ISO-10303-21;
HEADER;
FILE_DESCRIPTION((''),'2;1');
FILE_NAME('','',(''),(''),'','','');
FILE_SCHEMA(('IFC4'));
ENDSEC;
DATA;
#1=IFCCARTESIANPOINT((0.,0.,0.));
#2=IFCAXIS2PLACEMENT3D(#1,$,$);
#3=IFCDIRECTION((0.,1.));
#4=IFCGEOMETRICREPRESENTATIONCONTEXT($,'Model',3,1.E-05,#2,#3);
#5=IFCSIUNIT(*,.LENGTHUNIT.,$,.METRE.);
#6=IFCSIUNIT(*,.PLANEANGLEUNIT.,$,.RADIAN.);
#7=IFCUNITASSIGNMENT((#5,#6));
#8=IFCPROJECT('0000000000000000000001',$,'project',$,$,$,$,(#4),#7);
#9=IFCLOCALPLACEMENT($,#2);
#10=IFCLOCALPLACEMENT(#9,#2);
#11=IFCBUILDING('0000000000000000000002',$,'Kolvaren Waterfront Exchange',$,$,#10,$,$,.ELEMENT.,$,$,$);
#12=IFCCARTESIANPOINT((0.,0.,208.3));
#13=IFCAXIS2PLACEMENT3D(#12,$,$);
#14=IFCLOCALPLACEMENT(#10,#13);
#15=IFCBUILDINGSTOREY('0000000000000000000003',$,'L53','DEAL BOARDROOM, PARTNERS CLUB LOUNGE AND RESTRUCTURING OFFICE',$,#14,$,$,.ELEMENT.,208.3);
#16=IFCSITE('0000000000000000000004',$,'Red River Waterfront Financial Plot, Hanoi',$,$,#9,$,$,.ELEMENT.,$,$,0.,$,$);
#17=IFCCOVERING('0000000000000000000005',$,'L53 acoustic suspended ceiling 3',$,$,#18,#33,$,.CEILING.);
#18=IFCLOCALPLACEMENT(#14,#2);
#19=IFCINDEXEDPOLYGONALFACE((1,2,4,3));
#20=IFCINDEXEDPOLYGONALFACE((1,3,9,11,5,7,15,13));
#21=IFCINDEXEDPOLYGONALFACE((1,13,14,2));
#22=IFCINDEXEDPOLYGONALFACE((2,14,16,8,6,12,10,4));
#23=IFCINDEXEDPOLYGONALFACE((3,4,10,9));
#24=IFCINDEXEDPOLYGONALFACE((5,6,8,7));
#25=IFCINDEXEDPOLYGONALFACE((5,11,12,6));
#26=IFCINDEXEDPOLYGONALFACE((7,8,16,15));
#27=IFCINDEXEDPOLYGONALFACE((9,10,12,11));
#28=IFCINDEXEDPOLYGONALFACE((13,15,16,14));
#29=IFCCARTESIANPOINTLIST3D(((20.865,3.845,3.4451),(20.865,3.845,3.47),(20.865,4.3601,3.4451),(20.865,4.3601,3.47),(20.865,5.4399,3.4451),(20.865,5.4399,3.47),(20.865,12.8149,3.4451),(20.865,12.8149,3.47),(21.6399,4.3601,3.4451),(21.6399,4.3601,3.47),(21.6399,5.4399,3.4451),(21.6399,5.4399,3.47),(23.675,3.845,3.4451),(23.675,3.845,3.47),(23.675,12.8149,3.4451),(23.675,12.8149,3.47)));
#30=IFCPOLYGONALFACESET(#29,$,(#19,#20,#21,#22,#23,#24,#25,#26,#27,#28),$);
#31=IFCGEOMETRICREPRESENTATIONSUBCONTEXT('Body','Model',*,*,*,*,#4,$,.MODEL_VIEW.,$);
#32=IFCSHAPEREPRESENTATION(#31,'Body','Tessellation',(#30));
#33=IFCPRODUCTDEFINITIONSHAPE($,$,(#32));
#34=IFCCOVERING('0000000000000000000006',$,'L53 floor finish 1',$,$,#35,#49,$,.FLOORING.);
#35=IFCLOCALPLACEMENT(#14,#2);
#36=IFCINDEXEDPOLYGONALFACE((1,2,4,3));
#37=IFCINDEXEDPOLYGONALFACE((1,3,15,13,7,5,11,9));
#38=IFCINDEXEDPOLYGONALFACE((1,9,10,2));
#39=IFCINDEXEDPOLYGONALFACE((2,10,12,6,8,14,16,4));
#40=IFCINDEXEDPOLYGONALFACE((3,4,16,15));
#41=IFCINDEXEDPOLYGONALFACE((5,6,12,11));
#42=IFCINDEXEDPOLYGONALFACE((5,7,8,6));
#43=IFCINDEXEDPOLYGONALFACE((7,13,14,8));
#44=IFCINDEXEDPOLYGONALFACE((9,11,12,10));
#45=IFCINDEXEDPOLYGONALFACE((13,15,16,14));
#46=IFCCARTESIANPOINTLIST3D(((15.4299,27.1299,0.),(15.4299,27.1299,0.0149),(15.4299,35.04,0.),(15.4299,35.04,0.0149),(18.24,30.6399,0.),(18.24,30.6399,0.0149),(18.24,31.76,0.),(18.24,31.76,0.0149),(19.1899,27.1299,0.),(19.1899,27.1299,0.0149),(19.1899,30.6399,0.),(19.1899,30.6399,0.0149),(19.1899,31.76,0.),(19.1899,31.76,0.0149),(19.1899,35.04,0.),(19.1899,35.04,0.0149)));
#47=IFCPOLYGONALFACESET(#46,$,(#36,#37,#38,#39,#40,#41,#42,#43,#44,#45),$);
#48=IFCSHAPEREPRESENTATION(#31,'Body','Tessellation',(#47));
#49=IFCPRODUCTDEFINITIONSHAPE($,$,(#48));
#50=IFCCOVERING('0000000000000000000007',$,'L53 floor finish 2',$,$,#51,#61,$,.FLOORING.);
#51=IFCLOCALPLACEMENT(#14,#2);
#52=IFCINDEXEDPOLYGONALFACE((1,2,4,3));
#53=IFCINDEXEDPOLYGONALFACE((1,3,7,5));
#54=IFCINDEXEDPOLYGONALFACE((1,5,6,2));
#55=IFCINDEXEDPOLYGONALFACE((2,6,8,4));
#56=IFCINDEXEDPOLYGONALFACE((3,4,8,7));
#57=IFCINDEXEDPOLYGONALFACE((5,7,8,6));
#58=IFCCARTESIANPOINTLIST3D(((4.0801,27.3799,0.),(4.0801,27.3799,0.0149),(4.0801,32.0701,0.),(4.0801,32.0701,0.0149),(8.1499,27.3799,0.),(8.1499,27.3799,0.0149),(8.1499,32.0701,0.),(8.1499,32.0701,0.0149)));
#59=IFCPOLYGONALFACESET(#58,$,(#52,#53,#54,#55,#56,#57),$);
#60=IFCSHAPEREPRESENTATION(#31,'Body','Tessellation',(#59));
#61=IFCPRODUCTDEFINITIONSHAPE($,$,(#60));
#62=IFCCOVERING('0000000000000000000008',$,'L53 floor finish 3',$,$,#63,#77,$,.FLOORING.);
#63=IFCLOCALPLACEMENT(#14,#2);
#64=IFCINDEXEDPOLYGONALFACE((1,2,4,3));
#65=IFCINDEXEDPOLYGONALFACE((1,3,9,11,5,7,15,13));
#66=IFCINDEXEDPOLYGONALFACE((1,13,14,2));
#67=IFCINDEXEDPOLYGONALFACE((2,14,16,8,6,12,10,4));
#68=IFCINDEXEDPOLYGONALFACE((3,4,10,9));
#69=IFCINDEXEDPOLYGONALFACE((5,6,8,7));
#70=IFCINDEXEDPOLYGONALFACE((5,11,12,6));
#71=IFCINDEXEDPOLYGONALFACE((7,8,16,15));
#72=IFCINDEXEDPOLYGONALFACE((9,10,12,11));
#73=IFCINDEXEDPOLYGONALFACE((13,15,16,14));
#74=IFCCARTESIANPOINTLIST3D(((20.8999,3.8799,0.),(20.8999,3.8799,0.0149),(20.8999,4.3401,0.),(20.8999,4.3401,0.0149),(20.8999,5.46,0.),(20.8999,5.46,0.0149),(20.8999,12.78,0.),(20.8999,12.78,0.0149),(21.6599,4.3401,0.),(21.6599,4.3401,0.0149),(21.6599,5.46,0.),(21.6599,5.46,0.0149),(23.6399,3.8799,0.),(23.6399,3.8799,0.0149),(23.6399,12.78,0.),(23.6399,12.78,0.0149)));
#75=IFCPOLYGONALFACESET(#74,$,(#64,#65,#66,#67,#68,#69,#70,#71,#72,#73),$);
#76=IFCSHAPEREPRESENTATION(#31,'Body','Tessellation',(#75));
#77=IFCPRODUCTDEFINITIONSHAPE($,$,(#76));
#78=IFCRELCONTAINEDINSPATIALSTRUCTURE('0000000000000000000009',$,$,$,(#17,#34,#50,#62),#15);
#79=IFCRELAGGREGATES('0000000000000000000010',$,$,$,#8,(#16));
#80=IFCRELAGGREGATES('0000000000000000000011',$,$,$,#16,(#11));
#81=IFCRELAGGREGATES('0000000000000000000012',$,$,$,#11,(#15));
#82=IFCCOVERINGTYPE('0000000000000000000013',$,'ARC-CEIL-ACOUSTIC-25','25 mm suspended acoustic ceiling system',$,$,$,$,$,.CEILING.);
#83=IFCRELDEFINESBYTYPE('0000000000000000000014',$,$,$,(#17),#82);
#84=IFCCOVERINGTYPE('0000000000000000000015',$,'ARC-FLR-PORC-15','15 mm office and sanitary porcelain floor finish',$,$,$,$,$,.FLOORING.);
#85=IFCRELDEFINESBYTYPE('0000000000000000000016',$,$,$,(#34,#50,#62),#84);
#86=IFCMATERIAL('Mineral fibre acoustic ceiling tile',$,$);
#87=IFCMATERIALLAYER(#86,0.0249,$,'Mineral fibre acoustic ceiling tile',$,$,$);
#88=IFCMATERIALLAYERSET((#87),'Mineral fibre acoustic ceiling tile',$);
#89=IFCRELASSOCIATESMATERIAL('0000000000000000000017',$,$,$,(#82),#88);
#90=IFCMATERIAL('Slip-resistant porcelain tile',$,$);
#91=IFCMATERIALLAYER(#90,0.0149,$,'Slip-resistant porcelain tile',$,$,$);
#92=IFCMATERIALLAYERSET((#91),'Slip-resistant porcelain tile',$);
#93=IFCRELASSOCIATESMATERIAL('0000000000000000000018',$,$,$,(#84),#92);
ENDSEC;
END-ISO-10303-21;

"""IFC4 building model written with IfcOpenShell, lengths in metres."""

from ifc_helpers import new_model, si_unit, direction, frame, origin, place, context, subcontext, project, spatial, polyline, outline, extrude, material, layer, layer_set, type_object, element, save


model = new_model("IFC4")

# Units and contexts
model_context = context("Model", 3, precision=1e-05, world=origin(), true_north=direction((0.0, 1.0)))
body_context = subcontext(model_context, "Body", "Model", "MODEL_VIEW")
ifc_project = project(units=[si_unit("LENGTHUNIT", "METRE"), si_unit("PLANEANGLEUNIT", "RADIAN")], contexts=[model_context])

# Site, building, storey
site_placement = place(None, origin())
site = spatial("IfcSite", under=ifc_project, at=site_placement, Name="Red River Waterfront Financial Plot, Hanoi", CompositionType="ELEMENT", RefElevation=0.0)
building_placement = place(site_placement, origin())
building = spatial("IfcBuilding", under=site, at=building_placement, Name="Kolvaren Waterfront Exchange", CompositionType="ELEMENT")
storey_placement = place(building_placement, frame((0.0, 0.0, 208.3)))
storey = spatial("IfcBuildingStorey", under=building, at=storey_placement, Name="L53", Description="DEAL BOARDROOM, PARTNERS CLUB LOUNGE AND RESTRUCTURING OFFICE", CompositionType="ELEMENT", Elevation=208.3)

# Coverings
ifc_material_1 = material(Name="Mineral fibre acoustic ceiling tile")
ifc_layer_1 = layer(ifc_material_1, 0.0249, Name="Mineral fibre acoustic ceiling tile")
ifc_layer_set_1 = layer_set([ifc_layer_1], Name="Mineral fibre acoustic ceiling tile")
covering_type_1 = type_object("IfcCoveringType", Name="ARC-CEIL-ACOUSTIC-25", Description="25 mm suspended acoustic ceiling system", PredefinedType="CEILING", material=ifc_layer_set_1)
covering_1_placement = place(storey_placement, frame((0.0, 0.0, 3.4451)))
element("IfcCovering", 1, at=covering_1_placement, inside=storey, type_object=covering_type_1, Name="L53 acoustic suspended ceiling 3", PredefinedType="CEILING", context=body_context, shape_type="SweptSolid", body=[
    extrude(outline(polyline([(20.865, 5.4399), (21.6399, 5.4399), (21.6399, 4.3601), (20.865, 4.3601), (20.865, 3.845), (23.675, 3.845), (23.675, 12.8149), (20.865, 12.8149), (20.865, 5.4399)])), origin(), (0.0, 0.0, 1.0), 0.0249),
])
ifc_material_2 = material(Name="Slip-resistant porcelain tile")
ifc_layer_2 = layer(ifc_material_2, 0.0149, Name="Slip-resistant porcelain tile")
ifc_layer_set_2 = layer_set([ifc_layer_2], Name="Slip-resistant porcelain tile")
covering_type_2 = type_object("IfcCoveringType", Name="ARC-FLR-PORC-15", Description="15 mm office and sanitary porcelain floor finish", PredefinedType="FLOORING", material=ifc_layer_set_2)
covering_2_placement = place(storey_placement, origin())
element("IfcCovering", 2, at=covering_2_placement, inside=storey, type_object=covering_type_2, Name="L53 floor finish 1", PredefinedType="FLOORING", context=body_context, shape_type="SweptSolid", body=[
    extrude(outline(polyline([(15.4299, 35.04), (15.4299, 27.1299), (19.1899, 27.1299), (19.1899, 30.6399), (18.24, 30.6399), (18.24, 31.76), (19.1899, 31.76), (19.1899, 35.04), (15.4299, 35.04)])), origin(), (0.0, 0.0, 1.0), 0.0149),
])
covering_3_placement = place(storey_placement, origin())
element("IfcCovering", 3, at=covering_3_placement, inside=storey, type_object=covering_type_2, Name="L53 floor finish 2", PredefinedType="FLOORING", context=body_context, shape_type="SweptSolid", body=[
    extrude(outline(polyline([(4.0801, 32.0701), (4.0801, 27.3799), (8.1499, 27.3799), (8.1499, 32.0701), (4.0801, 32.0701)])), origin(), (0.0, 0.0, 1.0), 0.0149),
])
covering_4_placement = place(storey_placement, origin())
element("IfcCovering", 4, at=covering_4_placement, inside=storey, type_object=covering_type_2, Name="L53 floor finish 3", PredefinedType="FLOORING", context=body_context, shape_type="SweptSolid", body=[
    extrude(outline(polyline([(20.8999, 4.3401), (20.8999, 3.8799), (23.6399, 3.8799), (23.6399, 12.78), (20.8999, 12.78), (20.8999, 5.46), (21.6599, 5.46), (21.6599, 4.3401), (20.8999, 4.3401)])), origin(), (0.0, 0.0, 1.0), 0.0149),
])

save(model, "model.ifc")
